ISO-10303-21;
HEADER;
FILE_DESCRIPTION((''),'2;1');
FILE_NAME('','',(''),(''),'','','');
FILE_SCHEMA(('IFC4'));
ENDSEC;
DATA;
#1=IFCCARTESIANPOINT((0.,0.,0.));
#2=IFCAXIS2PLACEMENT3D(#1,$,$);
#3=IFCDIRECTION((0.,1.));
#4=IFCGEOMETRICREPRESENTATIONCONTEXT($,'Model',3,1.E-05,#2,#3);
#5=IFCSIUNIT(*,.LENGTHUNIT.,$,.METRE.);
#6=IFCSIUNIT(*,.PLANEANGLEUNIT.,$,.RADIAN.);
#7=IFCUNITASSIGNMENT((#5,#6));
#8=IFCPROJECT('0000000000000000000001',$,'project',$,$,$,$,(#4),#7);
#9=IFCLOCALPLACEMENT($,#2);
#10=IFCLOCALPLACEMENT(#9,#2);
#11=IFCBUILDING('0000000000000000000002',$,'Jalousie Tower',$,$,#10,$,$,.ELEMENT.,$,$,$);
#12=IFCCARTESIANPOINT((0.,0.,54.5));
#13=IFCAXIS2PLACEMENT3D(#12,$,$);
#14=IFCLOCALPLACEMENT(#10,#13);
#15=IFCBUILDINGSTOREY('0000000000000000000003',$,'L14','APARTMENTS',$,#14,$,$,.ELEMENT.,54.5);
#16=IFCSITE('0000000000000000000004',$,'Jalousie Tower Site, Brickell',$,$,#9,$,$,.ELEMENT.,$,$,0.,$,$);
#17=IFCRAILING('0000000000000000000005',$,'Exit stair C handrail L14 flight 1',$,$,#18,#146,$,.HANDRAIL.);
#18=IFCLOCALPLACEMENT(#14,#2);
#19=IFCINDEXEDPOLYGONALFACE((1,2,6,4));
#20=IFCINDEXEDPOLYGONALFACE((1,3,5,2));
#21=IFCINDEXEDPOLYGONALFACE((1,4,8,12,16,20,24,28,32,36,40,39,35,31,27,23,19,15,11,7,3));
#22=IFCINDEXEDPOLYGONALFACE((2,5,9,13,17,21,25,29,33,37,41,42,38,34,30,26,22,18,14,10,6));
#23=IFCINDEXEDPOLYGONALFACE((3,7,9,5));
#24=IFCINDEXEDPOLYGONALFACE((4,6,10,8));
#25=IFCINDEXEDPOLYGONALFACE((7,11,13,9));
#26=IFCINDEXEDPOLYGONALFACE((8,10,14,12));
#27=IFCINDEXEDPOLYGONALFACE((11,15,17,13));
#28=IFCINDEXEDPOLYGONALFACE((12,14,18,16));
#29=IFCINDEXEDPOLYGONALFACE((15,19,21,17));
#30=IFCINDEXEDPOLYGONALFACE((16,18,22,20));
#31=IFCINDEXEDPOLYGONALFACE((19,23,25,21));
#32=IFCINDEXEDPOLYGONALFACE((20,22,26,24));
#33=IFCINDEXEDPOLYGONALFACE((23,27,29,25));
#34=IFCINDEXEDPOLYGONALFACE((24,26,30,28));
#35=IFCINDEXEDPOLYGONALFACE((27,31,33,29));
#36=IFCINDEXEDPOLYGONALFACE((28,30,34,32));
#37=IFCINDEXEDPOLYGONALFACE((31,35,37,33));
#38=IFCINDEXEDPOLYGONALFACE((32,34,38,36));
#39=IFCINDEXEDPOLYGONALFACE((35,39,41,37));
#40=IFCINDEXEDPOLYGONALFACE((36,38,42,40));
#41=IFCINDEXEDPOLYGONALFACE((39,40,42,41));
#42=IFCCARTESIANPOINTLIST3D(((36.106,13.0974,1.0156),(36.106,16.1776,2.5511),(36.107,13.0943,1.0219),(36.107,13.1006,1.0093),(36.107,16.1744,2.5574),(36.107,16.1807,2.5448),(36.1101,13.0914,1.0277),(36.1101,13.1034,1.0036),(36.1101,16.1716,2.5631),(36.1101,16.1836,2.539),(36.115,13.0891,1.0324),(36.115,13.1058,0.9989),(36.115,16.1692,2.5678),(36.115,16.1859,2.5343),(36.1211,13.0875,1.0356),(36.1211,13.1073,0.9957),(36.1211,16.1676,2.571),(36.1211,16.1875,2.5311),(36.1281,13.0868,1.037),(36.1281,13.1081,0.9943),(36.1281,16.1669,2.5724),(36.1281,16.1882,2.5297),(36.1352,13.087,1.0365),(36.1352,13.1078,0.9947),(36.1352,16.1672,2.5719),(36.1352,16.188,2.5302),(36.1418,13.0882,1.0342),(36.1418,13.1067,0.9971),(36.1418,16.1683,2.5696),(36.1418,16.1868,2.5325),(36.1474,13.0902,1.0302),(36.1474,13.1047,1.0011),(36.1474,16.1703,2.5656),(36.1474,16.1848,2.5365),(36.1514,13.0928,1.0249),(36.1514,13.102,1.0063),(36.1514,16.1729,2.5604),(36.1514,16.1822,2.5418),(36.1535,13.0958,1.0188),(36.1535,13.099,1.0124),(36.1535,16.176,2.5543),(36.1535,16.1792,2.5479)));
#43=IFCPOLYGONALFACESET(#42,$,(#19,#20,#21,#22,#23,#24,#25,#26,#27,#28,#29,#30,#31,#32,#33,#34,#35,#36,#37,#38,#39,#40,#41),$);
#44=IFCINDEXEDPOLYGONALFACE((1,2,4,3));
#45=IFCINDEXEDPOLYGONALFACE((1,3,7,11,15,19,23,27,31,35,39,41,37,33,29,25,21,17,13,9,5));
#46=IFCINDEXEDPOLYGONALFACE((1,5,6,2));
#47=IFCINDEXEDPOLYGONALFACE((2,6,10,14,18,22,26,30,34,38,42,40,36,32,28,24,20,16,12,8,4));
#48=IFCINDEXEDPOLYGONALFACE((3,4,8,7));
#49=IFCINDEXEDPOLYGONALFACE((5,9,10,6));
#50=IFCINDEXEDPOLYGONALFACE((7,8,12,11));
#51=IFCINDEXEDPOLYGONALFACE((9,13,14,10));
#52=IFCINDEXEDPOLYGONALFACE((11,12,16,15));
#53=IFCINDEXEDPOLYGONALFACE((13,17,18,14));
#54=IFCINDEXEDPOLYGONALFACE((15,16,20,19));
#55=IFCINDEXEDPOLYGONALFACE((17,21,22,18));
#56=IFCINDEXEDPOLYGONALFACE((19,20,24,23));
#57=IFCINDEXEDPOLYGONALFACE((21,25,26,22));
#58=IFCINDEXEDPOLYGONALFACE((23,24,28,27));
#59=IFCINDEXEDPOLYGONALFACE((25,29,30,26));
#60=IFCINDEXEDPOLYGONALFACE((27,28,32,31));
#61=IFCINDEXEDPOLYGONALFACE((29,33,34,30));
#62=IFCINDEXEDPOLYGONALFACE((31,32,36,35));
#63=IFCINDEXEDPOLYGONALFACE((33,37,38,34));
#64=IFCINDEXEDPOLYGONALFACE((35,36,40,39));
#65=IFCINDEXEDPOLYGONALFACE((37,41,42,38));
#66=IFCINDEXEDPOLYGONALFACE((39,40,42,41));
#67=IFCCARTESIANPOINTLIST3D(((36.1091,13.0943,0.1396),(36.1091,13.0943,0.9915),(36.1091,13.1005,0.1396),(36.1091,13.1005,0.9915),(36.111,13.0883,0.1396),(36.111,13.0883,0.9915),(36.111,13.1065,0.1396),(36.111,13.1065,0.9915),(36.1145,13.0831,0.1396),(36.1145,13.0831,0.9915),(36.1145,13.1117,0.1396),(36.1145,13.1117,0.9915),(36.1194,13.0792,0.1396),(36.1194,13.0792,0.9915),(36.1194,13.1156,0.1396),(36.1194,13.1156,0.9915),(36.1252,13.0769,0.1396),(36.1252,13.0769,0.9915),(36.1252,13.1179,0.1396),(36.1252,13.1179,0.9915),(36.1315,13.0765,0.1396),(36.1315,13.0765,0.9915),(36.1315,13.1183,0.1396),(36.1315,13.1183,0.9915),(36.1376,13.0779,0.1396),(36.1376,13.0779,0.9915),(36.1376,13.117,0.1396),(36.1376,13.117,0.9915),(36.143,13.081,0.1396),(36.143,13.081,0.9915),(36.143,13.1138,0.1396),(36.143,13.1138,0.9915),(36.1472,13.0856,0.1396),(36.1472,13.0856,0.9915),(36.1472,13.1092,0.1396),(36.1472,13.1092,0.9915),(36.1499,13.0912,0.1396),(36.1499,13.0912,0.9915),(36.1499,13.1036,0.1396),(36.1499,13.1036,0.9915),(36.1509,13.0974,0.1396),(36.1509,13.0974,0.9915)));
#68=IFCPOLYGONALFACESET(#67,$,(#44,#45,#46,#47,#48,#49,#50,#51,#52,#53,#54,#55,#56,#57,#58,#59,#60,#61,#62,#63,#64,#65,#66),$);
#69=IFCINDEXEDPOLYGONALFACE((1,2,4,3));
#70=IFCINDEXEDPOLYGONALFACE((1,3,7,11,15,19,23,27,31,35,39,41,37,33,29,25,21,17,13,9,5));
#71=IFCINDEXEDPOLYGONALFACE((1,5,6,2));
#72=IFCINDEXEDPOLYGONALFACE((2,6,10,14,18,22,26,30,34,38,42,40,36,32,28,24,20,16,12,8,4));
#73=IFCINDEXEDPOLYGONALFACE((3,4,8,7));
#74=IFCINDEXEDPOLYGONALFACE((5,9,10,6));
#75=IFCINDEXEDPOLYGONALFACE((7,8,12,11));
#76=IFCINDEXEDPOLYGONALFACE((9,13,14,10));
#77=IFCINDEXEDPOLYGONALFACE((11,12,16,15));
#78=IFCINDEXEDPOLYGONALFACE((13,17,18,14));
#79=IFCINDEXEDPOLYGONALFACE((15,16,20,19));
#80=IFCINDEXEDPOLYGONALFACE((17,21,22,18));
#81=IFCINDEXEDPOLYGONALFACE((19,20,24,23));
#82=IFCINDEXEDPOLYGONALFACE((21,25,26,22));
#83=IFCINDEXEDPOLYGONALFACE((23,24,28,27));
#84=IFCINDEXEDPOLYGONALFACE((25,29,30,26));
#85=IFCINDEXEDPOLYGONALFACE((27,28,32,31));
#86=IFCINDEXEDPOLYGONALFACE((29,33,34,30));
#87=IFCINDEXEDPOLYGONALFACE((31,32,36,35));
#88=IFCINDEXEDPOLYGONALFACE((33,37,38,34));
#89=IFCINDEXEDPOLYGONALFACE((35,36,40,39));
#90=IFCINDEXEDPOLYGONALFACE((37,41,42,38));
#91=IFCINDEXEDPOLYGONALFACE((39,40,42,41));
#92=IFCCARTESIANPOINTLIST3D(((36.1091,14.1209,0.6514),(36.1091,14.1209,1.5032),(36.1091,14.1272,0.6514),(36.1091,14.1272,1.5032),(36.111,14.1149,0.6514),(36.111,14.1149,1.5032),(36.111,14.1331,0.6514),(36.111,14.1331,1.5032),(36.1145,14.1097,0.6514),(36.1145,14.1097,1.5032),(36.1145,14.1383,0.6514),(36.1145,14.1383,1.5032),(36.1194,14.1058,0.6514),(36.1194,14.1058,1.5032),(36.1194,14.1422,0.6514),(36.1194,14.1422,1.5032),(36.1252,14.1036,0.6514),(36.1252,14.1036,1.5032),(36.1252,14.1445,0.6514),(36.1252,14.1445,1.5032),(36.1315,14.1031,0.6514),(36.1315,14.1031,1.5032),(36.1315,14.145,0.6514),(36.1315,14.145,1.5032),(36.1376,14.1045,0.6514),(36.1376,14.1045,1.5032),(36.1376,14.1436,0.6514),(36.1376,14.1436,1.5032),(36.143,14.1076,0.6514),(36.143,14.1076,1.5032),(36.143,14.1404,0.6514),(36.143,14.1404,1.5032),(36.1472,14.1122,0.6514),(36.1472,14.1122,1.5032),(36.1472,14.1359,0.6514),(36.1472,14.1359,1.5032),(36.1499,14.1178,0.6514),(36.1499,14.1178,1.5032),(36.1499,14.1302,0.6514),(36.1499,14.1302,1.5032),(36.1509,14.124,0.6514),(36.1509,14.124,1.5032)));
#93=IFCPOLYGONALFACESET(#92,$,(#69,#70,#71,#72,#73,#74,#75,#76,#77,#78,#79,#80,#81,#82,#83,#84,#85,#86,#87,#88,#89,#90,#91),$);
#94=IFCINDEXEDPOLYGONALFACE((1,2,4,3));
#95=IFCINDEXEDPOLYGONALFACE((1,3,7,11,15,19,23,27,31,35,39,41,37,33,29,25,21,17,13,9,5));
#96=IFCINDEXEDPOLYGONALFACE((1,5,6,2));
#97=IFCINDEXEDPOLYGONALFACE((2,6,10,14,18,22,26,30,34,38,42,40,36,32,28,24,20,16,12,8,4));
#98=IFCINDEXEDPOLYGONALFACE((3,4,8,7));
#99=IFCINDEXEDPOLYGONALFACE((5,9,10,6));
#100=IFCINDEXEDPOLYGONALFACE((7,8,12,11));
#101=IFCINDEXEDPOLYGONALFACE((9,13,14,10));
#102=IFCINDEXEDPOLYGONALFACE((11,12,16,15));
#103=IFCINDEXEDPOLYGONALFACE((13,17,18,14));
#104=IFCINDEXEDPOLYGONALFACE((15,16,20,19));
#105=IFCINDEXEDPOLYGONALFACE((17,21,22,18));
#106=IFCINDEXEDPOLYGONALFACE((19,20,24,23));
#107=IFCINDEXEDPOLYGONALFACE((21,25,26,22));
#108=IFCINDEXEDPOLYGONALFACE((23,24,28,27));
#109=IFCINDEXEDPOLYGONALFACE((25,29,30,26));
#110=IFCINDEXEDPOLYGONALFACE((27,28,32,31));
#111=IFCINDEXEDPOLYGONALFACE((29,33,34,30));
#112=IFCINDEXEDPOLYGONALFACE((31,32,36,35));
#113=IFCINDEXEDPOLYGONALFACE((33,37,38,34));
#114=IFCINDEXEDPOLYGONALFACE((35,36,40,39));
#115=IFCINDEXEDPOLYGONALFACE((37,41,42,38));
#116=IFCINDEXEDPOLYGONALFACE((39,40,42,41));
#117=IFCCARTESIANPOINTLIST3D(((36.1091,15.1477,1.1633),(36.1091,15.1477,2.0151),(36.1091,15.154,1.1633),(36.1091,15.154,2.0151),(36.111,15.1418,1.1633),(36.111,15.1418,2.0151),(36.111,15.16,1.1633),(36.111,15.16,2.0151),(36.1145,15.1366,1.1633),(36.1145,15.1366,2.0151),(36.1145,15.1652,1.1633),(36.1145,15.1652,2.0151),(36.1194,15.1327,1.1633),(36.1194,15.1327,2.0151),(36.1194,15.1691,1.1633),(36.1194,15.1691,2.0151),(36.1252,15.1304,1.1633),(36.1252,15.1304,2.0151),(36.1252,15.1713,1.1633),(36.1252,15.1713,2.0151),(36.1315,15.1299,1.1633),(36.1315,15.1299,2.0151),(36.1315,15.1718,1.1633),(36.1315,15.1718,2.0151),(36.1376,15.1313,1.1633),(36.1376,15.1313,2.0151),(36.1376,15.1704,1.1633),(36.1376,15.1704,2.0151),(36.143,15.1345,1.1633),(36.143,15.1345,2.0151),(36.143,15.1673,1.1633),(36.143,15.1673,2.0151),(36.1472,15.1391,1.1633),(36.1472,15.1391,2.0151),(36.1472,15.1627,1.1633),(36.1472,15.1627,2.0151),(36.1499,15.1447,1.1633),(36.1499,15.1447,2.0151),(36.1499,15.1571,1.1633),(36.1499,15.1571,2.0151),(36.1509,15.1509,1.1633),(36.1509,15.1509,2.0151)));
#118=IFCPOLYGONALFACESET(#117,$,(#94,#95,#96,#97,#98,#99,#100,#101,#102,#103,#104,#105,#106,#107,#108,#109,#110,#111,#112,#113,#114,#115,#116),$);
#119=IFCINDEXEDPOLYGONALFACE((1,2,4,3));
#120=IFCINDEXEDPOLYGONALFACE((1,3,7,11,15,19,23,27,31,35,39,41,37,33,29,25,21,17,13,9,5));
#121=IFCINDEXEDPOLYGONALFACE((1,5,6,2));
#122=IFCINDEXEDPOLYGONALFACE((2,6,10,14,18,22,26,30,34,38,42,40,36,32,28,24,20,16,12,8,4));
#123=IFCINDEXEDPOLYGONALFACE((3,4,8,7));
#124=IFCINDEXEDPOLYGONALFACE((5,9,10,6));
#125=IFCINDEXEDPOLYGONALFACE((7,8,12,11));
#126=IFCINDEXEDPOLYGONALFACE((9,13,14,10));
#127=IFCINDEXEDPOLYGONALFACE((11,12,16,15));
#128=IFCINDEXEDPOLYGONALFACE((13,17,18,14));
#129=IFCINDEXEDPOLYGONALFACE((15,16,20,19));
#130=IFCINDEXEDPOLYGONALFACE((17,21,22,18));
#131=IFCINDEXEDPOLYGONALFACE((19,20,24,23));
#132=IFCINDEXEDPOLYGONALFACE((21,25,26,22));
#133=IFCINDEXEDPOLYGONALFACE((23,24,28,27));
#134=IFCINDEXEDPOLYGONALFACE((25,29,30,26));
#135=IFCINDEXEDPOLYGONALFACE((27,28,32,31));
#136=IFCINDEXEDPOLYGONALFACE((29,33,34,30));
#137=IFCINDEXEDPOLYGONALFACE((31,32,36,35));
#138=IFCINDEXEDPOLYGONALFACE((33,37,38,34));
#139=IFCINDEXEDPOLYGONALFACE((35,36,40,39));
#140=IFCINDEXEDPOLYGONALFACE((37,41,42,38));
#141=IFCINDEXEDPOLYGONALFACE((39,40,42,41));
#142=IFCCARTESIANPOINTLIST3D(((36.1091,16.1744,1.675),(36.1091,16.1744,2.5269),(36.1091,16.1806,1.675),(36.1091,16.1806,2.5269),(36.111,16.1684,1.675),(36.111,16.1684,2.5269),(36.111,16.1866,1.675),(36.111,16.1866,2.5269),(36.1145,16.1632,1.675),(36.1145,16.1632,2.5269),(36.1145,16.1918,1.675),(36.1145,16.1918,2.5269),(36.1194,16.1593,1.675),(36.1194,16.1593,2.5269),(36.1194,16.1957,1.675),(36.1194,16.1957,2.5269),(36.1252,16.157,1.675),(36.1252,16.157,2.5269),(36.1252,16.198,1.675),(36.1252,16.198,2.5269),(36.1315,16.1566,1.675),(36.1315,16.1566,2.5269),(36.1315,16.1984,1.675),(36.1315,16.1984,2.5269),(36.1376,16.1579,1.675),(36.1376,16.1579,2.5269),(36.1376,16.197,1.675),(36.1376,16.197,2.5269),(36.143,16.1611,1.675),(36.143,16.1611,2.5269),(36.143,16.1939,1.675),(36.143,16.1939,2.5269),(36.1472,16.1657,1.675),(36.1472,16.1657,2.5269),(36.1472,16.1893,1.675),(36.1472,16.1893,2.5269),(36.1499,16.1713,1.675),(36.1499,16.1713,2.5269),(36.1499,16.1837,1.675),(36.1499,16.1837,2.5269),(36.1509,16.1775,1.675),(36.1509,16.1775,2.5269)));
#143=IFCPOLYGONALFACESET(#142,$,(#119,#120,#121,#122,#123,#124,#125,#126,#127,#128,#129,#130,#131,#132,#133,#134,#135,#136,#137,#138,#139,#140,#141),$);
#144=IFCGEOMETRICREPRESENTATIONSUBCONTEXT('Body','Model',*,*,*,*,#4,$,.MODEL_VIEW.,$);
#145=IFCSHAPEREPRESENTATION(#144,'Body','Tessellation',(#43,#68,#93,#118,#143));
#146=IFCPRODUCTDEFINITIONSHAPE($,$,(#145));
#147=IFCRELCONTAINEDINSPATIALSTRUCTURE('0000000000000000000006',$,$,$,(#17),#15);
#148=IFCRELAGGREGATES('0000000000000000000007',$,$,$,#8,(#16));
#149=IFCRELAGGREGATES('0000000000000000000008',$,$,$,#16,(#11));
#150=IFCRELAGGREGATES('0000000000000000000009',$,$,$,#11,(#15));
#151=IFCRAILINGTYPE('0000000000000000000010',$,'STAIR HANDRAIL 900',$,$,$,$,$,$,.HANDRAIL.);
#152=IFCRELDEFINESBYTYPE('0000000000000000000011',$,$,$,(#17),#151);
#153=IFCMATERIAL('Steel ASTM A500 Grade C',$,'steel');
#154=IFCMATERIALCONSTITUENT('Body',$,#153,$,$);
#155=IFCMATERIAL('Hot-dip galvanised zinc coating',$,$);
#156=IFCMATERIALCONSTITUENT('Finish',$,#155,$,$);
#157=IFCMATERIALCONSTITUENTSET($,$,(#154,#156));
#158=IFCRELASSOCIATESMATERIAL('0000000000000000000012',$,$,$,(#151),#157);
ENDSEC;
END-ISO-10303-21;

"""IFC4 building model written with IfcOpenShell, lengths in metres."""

from ifc_helpers import new_model, si_unit, direction, frame, origin, origin_2d, place, context, subcontext, project, spatial, circle, extrude, material, constituent, constituent_set, type_object, element, save


model = new_model("IFC4")

# Units and contexts
model_context = context("Model", 3, precision=1e-05, world=origin(), true_north=direction((0.0, 1.0)))
body_context = subcontext(model_context, "Body", "Model", "MODEL_VIEW")
ifc_project = project(units=[si_unit("LENGTHUNIT", "METRE"), si_unit("PLANEANGLEUNIT", "RADIAN")], contexts=[model_context])

# Site, building, storey
site_placement = place(None, origin())
site = spatial("IfcSite", under=ifc_project, at=site_placement, Name="Jalousie Tower Site, Brickell", CompositionType="ELEMENT", RefElevation=0.0)
building_placement = place(site_placement, origin())
building = spatial("IfcBuilding", under=site, at=building_placement, Name="Jalousie Tower", CompositionType="ELEMENT")
storey_placement = place(building_placement, frame((0.0, 0.0, 54.5)))
storey = spatial("IfcBuildingStorey", under=building, at=storey_placement, Name="L14", Description="APARTMENTS", CompositionType="ELEMENT", Elevation=54.5)

# Railing
ifc_material_1 = material(Name="Steel ASTM A500 Grade C", Category="steel")
ifc_constituent_1 = constituent(ifc_material_1, Name="Body")
ifc_material_2 = material(Name="Hot-dip galvanised zinc coating")
ifc_constituent_2 = constituent(ifc_material_2, Name="Finish")
ifc_constituent_set_1 = constituent_set(constituents=[ifc_constituent_1, ifc_constituent_2])
railing_type_1 = type_object("IfcRailingType", Name="STAIR HANDRAIL 900", PredefinedType="HANDRAIL", material=ifc_constituent_set_1)
railing_1_placement = place(storey_placement, frame((36.1299, 13.0974, 0.1396)))
element("IfcRailing", 1, at=railing_1_placement, inside=storey, type_object=railing_type_1, Name="Exit stair C handrail L14 flight 1", PredefinedType="HANDRAIL", context=body_context, shape_type="SweptSolid", body=[
    extrude(circle(Radius=0.0239, at=origin_2d()), frame((0.0, 0.0, 0.876), z_axis=(0.0, 0.894966, 0.446135), x_axis=(-1.0, 0.0, 0.0)), (0.0, 0.0, 1.0), 3.4417),
    extrude(circle(Radius=0.021, at=origin_2d()), origin(), (0.0, 0.0, 1.0), 0.8518),
    extrude(circle(Radius=0.021, at=origin_2d()), frame((0.0, 1.0266, 0.5117)), (0.0, 0.0, 1.0), 0.8518),
    extrude(circle(Radius=0.021, at=origin_2d()), frame((0.0, 2.0535, 1.0237)), (0.0, 0.0, 1.0), 0.8518),
    extrude(circle(Radius=0.021, at=origin_2d()), frame((0.0, 3.0801, 1.5354)), (0.0, 0.0, 1.0), 0.8518),
])

save(model, "model.ifc")
